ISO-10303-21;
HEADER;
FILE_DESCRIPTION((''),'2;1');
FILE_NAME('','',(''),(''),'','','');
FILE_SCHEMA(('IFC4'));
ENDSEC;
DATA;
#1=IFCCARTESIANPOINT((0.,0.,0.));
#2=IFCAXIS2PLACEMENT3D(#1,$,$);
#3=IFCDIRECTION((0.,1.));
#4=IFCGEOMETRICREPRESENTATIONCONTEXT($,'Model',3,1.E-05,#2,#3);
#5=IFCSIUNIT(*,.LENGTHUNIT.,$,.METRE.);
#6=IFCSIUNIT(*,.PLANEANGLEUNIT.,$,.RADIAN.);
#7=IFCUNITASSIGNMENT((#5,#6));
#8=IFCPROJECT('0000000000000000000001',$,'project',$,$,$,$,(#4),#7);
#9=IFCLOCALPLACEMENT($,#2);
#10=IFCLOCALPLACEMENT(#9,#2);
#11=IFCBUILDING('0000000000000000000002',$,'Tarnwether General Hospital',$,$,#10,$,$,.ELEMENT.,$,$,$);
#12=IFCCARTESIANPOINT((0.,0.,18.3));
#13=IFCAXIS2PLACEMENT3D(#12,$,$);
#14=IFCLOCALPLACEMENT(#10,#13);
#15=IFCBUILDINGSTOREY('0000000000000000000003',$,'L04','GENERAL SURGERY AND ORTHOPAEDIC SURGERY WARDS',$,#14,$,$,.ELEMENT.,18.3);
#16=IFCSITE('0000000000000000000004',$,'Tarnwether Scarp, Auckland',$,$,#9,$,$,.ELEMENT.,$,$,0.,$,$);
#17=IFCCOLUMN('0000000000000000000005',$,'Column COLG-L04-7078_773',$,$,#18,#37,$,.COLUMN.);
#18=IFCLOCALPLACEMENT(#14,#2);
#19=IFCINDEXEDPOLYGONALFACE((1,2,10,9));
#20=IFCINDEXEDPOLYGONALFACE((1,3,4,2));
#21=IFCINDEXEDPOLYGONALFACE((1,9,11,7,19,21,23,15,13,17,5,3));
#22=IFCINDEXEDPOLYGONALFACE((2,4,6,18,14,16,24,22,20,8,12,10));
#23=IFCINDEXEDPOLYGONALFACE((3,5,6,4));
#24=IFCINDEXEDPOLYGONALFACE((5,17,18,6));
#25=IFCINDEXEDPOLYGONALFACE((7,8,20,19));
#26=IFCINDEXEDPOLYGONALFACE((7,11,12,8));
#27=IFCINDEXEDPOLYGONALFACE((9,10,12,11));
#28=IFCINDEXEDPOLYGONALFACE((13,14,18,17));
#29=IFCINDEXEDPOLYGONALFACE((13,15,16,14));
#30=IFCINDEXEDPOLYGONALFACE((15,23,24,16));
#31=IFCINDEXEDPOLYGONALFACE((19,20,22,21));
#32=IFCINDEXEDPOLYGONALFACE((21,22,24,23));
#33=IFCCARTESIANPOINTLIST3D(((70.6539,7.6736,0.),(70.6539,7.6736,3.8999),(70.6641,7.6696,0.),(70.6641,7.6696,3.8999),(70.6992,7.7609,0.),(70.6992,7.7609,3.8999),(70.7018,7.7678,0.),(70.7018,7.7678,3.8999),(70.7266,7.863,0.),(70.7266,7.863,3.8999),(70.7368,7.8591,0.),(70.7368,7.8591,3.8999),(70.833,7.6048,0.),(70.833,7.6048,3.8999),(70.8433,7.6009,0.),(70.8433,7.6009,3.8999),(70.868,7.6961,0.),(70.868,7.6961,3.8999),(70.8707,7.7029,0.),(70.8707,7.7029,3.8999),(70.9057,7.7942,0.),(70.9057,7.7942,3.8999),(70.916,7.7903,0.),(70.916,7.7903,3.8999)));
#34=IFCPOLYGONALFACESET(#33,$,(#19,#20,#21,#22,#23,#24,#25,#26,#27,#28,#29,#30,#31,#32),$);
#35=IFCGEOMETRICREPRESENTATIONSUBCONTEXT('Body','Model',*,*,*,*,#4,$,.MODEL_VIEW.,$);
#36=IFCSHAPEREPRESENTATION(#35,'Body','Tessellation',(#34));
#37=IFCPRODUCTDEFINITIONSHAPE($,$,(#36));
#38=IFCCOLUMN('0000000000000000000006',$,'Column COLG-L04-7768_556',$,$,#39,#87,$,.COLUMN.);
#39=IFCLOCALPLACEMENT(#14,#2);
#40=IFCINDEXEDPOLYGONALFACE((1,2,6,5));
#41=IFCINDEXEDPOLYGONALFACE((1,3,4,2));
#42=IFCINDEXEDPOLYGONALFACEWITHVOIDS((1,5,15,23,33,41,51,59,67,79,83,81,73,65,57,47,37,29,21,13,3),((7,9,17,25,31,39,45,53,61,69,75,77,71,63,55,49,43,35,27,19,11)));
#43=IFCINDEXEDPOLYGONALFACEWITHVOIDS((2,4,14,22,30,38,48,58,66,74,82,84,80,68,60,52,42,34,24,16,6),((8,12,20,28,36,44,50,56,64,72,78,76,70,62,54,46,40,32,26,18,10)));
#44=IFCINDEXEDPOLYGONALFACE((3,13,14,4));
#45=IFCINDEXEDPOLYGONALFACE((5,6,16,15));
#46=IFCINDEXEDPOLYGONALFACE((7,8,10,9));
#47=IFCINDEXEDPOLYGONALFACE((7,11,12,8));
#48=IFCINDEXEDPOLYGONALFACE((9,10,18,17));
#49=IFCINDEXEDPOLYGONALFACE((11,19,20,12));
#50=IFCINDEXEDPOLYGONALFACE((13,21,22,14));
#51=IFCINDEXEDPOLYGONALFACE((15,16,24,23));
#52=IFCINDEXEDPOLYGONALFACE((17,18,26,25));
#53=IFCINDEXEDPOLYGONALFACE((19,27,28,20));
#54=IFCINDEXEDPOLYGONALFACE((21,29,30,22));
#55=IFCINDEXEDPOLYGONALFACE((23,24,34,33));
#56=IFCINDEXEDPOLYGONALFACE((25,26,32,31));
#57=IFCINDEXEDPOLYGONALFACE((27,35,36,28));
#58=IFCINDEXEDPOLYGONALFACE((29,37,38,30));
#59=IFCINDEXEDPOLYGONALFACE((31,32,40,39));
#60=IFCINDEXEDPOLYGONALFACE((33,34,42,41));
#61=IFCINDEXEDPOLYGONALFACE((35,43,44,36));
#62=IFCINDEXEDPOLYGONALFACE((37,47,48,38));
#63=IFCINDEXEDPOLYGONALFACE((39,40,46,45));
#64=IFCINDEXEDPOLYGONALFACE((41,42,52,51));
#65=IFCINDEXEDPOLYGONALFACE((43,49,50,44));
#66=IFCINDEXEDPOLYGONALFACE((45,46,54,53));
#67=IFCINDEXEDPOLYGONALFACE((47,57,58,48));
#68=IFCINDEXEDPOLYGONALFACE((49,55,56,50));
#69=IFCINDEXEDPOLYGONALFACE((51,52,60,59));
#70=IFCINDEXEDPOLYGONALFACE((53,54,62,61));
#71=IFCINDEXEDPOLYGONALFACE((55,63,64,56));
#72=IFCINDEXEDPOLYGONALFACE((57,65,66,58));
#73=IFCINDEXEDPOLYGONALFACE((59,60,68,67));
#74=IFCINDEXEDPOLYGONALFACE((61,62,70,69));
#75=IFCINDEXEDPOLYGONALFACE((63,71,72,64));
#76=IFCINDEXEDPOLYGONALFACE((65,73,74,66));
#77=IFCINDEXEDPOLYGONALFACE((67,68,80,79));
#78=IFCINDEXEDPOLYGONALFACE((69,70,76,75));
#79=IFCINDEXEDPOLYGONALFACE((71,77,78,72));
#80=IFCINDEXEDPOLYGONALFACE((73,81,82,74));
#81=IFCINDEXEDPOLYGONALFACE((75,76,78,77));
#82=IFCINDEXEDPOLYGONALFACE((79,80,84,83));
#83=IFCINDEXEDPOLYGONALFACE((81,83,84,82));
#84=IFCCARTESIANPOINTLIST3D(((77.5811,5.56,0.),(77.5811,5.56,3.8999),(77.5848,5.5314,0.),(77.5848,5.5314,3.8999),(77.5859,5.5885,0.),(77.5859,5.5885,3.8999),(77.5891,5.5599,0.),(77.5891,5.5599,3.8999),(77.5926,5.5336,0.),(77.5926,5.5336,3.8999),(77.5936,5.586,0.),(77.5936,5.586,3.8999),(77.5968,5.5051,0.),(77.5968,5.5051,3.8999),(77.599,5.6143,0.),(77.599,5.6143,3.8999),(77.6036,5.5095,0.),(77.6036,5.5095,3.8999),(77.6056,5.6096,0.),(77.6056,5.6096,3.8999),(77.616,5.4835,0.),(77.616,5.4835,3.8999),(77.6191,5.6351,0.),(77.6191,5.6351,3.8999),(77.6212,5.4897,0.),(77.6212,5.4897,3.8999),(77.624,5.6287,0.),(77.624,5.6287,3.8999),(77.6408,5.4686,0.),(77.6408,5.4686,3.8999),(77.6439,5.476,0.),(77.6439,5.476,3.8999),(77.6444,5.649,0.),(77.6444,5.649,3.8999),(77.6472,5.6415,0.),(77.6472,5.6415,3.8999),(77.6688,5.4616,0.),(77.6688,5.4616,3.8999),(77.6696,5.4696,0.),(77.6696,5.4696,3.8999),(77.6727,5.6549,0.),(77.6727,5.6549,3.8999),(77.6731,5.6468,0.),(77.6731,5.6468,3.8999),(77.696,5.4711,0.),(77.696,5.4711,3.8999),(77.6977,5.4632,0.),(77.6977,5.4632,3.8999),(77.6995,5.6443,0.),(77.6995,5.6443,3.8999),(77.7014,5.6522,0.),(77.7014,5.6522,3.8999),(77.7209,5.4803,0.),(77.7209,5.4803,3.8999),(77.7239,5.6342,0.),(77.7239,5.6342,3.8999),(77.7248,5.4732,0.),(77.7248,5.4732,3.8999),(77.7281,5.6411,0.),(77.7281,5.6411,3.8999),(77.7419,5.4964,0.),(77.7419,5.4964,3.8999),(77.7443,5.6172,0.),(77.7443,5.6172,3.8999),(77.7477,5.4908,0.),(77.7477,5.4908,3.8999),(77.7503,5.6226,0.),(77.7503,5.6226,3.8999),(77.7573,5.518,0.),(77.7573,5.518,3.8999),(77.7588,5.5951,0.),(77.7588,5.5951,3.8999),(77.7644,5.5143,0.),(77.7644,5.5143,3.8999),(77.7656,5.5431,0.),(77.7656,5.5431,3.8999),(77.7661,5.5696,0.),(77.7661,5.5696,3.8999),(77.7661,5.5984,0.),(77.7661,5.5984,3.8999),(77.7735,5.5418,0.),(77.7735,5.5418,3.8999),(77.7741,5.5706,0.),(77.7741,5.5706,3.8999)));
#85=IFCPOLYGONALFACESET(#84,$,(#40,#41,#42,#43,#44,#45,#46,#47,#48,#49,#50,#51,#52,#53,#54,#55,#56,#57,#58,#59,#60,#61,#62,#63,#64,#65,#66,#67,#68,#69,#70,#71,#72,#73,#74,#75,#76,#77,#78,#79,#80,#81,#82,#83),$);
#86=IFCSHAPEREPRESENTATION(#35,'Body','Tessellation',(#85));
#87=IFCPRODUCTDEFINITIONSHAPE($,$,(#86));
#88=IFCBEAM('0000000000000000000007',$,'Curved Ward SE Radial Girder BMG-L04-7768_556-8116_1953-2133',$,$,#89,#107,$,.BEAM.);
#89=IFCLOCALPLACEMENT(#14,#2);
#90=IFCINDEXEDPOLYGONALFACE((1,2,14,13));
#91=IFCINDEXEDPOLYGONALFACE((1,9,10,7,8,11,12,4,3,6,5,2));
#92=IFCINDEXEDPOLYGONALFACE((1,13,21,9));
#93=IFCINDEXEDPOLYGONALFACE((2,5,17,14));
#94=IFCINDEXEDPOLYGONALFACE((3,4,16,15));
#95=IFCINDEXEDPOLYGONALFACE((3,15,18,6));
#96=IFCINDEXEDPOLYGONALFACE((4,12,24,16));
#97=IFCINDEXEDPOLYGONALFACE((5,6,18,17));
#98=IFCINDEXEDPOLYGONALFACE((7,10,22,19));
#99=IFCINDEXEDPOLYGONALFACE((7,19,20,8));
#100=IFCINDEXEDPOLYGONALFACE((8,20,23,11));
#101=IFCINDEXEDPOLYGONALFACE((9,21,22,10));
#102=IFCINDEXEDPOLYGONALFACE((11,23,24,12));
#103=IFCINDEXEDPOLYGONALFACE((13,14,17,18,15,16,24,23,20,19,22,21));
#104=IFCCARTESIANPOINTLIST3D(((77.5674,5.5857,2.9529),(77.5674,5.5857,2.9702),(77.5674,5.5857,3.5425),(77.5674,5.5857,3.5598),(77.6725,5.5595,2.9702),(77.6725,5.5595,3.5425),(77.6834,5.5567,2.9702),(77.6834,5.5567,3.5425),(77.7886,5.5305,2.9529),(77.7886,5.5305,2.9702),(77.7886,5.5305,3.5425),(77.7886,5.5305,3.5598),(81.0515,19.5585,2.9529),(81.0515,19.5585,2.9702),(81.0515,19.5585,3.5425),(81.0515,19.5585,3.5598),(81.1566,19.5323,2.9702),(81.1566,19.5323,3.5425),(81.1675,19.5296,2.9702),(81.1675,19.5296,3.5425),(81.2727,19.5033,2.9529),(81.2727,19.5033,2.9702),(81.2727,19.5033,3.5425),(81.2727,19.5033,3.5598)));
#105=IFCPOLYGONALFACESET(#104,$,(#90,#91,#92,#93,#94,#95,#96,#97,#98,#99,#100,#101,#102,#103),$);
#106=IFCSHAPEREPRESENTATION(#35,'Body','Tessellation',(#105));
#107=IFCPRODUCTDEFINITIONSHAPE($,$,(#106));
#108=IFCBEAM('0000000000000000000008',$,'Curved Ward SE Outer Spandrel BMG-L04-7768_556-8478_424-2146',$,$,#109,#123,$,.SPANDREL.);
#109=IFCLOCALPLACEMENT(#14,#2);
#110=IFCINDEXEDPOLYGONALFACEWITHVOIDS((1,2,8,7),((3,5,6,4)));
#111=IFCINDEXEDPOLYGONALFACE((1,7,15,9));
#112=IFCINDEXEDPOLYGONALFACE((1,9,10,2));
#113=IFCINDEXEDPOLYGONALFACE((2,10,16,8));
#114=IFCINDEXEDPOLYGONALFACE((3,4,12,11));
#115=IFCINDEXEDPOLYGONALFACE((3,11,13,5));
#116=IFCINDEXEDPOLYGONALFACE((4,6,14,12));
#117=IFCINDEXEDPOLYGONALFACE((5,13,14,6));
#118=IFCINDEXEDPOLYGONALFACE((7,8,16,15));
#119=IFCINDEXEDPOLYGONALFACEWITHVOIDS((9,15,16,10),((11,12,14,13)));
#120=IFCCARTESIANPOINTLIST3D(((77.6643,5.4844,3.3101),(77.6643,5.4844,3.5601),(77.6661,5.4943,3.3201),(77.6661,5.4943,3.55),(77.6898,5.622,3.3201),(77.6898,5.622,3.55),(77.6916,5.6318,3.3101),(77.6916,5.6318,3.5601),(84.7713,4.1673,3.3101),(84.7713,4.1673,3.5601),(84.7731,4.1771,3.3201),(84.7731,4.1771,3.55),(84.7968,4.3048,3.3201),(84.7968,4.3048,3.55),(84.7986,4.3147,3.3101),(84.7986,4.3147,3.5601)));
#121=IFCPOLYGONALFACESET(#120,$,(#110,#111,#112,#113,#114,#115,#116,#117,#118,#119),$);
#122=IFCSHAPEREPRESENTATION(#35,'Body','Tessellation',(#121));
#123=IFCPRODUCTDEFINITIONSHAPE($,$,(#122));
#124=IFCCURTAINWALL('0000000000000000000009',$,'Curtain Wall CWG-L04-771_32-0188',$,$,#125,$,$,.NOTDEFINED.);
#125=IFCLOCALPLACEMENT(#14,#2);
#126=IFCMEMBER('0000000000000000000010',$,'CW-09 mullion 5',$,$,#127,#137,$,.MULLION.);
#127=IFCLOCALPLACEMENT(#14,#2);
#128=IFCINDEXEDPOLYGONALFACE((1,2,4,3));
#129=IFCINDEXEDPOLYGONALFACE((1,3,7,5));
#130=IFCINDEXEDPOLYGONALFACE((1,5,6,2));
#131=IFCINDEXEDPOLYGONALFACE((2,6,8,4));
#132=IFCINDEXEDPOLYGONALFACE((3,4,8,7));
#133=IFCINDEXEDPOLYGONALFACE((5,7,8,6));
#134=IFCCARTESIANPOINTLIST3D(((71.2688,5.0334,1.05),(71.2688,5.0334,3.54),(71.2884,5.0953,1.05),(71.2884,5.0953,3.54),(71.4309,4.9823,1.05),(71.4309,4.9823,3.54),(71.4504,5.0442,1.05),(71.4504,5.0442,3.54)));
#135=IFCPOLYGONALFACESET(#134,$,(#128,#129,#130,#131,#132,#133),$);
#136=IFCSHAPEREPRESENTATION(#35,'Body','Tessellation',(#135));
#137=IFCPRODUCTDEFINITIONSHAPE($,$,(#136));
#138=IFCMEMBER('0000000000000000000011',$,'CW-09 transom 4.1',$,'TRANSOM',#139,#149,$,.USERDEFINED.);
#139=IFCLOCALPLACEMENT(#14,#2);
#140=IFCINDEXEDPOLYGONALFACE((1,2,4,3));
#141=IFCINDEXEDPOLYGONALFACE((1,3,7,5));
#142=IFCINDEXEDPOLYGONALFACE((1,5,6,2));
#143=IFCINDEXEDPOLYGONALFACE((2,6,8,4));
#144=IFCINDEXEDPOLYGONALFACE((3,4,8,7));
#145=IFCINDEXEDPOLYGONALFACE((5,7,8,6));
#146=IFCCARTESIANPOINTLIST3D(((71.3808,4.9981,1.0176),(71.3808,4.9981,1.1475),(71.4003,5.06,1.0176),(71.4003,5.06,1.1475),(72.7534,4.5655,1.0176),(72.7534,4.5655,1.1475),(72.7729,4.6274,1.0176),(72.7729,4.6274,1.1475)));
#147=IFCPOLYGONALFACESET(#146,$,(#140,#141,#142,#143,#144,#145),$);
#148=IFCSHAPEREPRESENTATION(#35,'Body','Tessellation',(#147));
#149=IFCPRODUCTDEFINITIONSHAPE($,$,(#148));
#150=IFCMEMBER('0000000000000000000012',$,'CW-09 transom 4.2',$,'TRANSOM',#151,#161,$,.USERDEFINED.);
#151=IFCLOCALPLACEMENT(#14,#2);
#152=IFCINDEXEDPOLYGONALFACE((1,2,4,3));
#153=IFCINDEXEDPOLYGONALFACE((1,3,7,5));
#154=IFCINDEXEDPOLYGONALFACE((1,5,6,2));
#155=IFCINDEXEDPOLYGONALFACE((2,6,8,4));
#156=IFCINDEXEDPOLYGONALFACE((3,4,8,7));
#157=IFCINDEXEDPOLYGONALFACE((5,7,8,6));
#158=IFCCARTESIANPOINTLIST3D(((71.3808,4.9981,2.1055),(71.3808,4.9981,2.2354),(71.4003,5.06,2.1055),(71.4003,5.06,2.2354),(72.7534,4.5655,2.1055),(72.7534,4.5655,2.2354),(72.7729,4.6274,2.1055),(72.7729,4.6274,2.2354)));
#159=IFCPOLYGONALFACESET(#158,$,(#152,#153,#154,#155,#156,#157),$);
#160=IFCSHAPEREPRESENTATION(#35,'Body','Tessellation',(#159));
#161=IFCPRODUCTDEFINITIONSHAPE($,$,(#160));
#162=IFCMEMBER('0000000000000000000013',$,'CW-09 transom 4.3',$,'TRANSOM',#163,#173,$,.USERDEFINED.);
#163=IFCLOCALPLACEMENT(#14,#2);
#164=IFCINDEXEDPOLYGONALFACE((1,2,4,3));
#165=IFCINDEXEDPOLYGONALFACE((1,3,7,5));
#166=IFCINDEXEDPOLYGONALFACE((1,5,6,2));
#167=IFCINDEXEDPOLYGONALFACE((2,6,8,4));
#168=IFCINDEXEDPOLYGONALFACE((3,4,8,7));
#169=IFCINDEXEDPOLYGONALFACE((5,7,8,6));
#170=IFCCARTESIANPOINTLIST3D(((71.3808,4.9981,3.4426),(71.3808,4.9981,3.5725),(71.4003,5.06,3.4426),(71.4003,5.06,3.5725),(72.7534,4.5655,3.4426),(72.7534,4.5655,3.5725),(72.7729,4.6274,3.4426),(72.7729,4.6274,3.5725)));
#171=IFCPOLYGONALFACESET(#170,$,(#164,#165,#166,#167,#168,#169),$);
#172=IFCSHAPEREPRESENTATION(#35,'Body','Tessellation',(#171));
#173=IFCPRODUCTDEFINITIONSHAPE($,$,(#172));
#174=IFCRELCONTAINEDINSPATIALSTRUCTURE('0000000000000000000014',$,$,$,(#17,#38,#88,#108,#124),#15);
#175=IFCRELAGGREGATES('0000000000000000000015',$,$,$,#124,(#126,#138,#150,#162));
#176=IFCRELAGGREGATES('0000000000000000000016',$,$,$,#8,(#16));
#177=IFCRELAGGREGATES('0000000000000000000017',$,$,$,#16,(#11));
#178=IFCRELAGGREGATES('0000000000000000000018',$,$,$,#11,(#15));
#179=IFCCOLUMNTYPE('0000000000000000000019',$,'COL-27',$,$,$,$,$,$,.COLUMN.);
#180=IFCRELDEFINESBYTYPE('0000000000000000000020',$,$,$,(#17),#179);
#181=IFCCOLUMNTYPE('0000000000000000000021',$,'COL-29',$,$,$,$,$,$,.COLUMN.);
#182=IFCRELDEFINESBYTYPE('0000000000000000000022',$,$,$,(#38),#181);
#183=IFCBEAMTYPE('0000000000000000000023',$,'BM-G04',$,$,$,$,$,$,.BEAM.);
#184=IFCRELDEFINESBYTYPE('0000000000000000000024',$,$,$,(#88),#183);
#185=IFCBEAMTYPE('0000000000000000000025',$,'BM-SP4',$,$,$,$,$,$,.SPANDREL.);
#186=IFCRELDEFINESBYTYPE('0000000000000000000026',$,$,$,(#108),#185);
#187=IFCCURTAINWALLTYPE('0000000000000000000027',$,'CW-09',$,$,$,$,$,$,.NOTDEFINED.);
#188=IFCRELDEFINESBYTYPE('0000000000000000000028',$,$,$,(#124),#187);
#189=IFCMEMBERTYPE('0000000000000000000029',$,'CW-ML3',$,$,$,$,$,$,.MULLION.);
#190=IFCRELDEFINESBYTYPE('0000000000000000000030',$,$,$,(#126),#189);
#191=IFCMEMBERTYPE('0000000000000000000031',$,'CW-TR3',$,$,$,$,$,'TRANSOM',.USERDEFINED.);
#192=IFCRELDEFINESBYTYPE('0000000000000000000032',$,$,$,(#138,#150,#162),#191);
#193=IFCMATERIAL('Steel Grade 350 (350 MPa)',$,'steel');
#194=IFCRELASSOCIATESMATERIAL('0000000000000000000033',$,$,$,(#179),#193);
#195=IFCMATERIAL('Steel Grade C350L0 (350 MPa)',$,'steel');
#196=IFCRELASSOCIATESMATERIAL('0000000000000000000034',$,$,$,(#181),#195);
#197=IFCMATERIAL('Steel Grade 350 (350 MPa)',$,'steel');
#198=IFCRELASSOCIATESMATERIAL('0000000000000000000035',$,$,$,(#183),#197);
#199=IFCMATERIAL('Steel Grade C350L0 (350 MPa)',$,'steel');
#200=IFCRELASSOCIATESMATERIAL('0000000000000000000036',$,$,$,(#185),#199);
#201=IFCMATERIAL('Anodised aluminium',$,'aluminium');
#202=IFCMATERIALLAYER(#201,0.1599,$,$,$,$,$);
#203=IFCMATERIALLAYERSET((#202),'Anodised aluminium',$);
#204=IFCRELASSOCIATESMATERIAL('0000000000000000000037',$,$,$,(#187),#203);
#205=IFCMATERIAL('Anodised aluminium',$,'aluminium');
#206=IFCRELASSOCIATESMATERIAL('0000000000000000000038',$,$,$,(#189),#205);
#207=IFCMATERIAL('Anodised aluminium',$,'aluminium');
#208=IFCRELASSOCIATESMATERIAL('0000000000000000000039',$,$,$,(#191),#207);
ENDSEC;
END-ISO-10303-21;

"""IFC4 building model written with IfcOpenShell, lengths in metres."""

from ifc_helpers import new_model, si_unit, direction, frame, origin, origin_2d, place, context, subcontext, project, spatial, rectangle, hollow_rectangle, hollow_circle, i_section, extrude, material, layer, layer_set, material_profile, profile_set, type_object, element, aggregate, save


model = new_model("IFC4")

# Units and contexts
model_context = context("Model", 3, precision=1e-05, world=origin(), true_north=direction((0.0, 1.0)))
body_context = subcontext(model_context, "Body", "Model", "MODEL_VIEW")
ifc_project = project(units=[si_unit("LENGTHUNIT", "METRE"), si_unit("PLANEANGLEUNIT", "RADIAN")], contexts=[model_context])

# Site, building, storey
site_placement = place(None, origin())
site = spatial("IfcSite", under=ifc_project, at=site_placement, Name="Tarnwether Scarp, Auckland", CompositionType="ELEMENT", RefElevation=0.0)
building_placement = place(site_placement, origin())
building = spatial("IfcBuilding", under=site, at=building_placement, Name="Tarnwether General Hospital", CompositionType="ELEMENT")
storey_placement = place(building_placement, frame((0.0, 0.0, 18.3)))
storey = spatial("IfcBuildingStorey", under=building, at=storey_placement, Name="L04", Description="GENERAL SURGERY AND ORTHOPAEDIC SURGERY WARDS", CompositionType="ELEMENT", Elevation=18.3)

# Columns
ifc_material_1 = material(Name="Steel Grade 350 (350 MPa)", Category="steel")
ifc_material_profile_1 = material_profile(ifc_material_1, i_section(OverallWidth=0.2029, OverallDepth=0.2029, WebThickness=0.0073, FlangeThickness=0.011, at=origin_2d()), Name="200UC46.2")
ifc_profile_set_1 = profile_set([ifc_material_profile_1], Name="Steel Grade 350 (350 MPa)")
column_type_1 = type_object("IfcColumnType", Name="COL-27", PredefinedType="COLUMN", material=ifc_profile_set_1)
column_1_placement = place(storey_placement, frame((70.7849, 7.7319, 0.0), z_axis=(0.0, 0.0, 1.0), x_axis=(0.358368, 0.93358, 0.0)))
element("IfcColumn", 1, at=column_1_placement, inside=storey, type_object=column_type_1, Name="Column COLG-L04-7078_773", PredefinedType="COLUMN", context=body_context, shape_type="SweptSolid", body=[
    extrude(i_section(OverallWidth=0.2029, OverallDepth=0.2029, WebThickness=0.0073, FlangeThickness=0.011, at=origin_2d()), origin(), (0.0, 0.0, 1.0), 3.8999),
])
ifc_material_2 = material(Name="Steel Grade C350L0 (350 MPa)", Category="steel")
ifc_material_profile_2 = material_profile(ifc_material_2, hollow_circle(Radius=0.0969, WallThickness=0.0081, at=origin_2d()), Name="CHS193.7x8.0")
ifc_profile_set_2 = profile_set([ifc_material_profile_2], Name="Steel Grade C350L0 (350 MPa)")
column_type_2 = type_object("IfcColumnType", Name="COL-29", PredefinedType="COLUMN", material=ifc_profile_set_2)
column_2_placement = place(storey_placement, frame((77.678, 5.5581, 0.0), z_axis=(0.0, 0.0, 1.0), x_axis=(0.241922, 0.970296, 0.0)))
element("IfcColumn", 2, at=column_2_placement, inside=storey, type_object=column_type_2, Name="Column COLG-L04-7768_556", PredefinedType="COLUMN", context=body_context, shape_type="SweptSolid", body=[
    extrude(hollow_circle(Radius=0.0969, WallThickness=0.0081, at=origin_2d()), origin(), (0.0, 0.0, 1.0), 3.8999),
])

# Beams
ifc_material_3 = material(Name="Steel Grade 350 (350 MPa)", Category="steel")
ifc_material_profile_3 = material_profile(ifc_material_3, i_section(OverallWidth=0.228, OverallDepth=0.6069, WebThickness=0.0112, FlangeThickness=0.0173, at=origin_2d()), Name="610UB113")
ifc_profile_set_3 = profile_set([ifc_material_profile_3], Name="Steel Grade 350 (350 MPa)")
beam_type_1 = type_object("IfcBeamType", Name="BM-G04", PredefinedType="BEAM", material=ifc_profile_set_3)
beam_1_placement = place(storey_placement, frame((77.678, 5.5581, 3.2563), z_axis=(0.241941, 0.970291, 0.0), x_axis=(-0.970291, 0.241941, 0.0)))
element("IfcBeam", 3, at=beam_1_placement, inside=storey, type_object=beam_type_1, Name="Curved Ward SE Radial Girder BMG-L04-7768_556-8116_1953-2133", PredefinedType="BEAM", context=body_context, shape_type="SweptSolid", body=[
    extrude(i_section(OverallWidth=0.228, OverallDepth=0.6069, WebThickness=0.0112, FlangeThickness=0.0173, at=origin_2d()), origin(), (0.0, 0.0, 1.0), 14.4006),
])
ifc_material_4 = material(Name="Steel Grade C350L0 (350 MPa)", Category="steel")
ifc_material_profile_4 = material_profile(ifc_material_4, hollow_rectangle(XDim=0.1499, YDim=0.25, WallThickness=0.01, at=origin_2d()), Name="RHS250x150x10")
ifc_profile_set_4 = profile_set([ifc_material_profile_4], Name="Steel Grade C350L0 (350 MPa)")
beam_type_2 = type_object("IfcBeamType", Name="BM-SP4", PredefinedType="SPANDREL", material=ifc_profile_set_4)
beam_2_placement = place(storey_placement, frame((77.678, 5.5581, 3.4351), z_axis=(0.983256, -0.182228, 0.0), x_axis=(0.182228, 0.983256, 0.0)))
element("IfcBeam", 4, at=beam_2_placement, inside=storey, type_object=beam_type_2, Name="Curved Ward SE Outer Spandrel BMG-L04-7768_556-8478_424-2146", PredefinedType="SPANDREL", context=body_context, shape_type="SweptSolid", body=[
    extrude(hollow_rectangle(XDim=0.1499, YDim=0.25, WallThickness=0.01, at=origin_2d()), origin(), (0.0, 0.0, 1.0), 7.228),
])

# Curtain wall, members
ifc_material_5 = material(Name="Anodised aluminium", Category="aluminium")
ifc_layer_1 = layer(ifc_material_5, 0.1599)
ifc_layer_set_1 = layer_set([ifc_layer_1], Name="Anodised aluminium")
curtain_wall_type = type_object("IfcCurtainWallType", Name="CW-09", PredefinedType="NOTDEFINED", material=ifc_layer_set_1)
curtain_wall_placement = place(storey_placement, origin())
curtain_wall = element("IfcCurtainWall", 5, at=curtain_wall_placement, inside=storey, type_object=curtain_wall_type, Name="Curtain Wall CWG-L04-771_32-0188", PredefinedType="NOTDEFINED")
ifc_material_6 = material(Name="Anodised aluminium", Category="aluminium")
ifc_material_profile_5 = material_profile(ifc_material_6, rectangle(XDim=0.0649, YDim=0.1699, at=origin_2d()), Name="ALU-MUL-65x170")
ifc_profile_set_5 = profile_set([ifc_material_profile_5], Name="Anodised aluminium")
member_type_1 = type_object("IfcMemberType", Name="CW-ML3", PredefinedType="MULLION", material=ifc_profile_set_5)
member_1_placement = place(storey_placement, frame((71.3596, 5.0388, 1.05), z_axis=(0.0, 0.0, 1.0), x_axis=(-0.300629, -0.953741, 0.0)))
member_1 = element("IfcMember", 6, at=member_1_placement, type_object=member_type_1, Name="CW-09 mullion 5", PredefinedType="MULLION", context=body_context, shape_type="SweptSolid", body=[
    extrude(rectangle(XDim=0.0649, YDim=0.1699, at=origin_2d()), origin(), (0.0, 0.0, 1.0), 2.49),
])
ifc_material_7 = material(Name="Anodised aluminium", Category="aluminium")
ifc_material_profile_6 = material_profile(ifc_material_7, rectangle(XDim=0.0649, YDim=0.1299, at=origin_2d()), Name="ALU-TRN-65x130")
ifc_profile_set_6 = profile_set([ifc_material_profile_6], Name="Anodised aluminium")
member_type_2 = type_object("IfcMemberType", Name="CW-TR3", ElementType="TRANSOM", PredefinedType="USERDEFINED", material=ifc_profile_set_6)
member_2_placement = place(storey_placement, frame((72.7632, 4.5964, 1.0825), z_axis=(-0.953747, 0.300612, 0.0), x_axis=(-0.300612, -0.953747, 0.0)))
member_2 = element("IfcMember", 7, at=member_2_placement, type_object=member_type_2, Name="CW-09 transom 4.1", ObjectType="TRANSOM", PredefinedType="USERDEFINED", context=body_context, shape_type="SweptSolid", body=[
    extrude(rectangle(XDim=0.0649, YDim=0.1299, at=origin_2d()), origin(), (0.0, 0.0, 1.0), 1.4392),
])
member_3_placement = place(storey_placement, frame((72.7632, 4.5964, 2.1704), z_axis=(-0.953747, 0.300612, 0.0), x_axis=(-0.300612, -0.953747, 0.0)))
member_3 = element("IfcMember", 8, at=member_3_placement, type_object=member_type_2, Name="CW-09 transom 4.2", ObjectType="TRANSOM", PredefinedType="USERDEFINED", context=body_context, shape_type="SweptSolid", body=[
    extrude(rectangle(XDim=0.0649, YDim=0.1299, at=origin_2d()), origin(), (0.0, 0.0, 1.0), 1.4392),
])
member_4_placement = place(storey_placement, frame((72.7632, 4.5964, 3.5076), z_axis=(-0.953747, 0.300612, 0.0), x_axis=(-0.300612, -0.953747, 0.0)))
member_4 = element("IfcMember", 9, at=member_4_placement, type_object=member_type_2, Name="CW-09 transom 4.3", ObjectType="TRANSOM", PredefinedType="USERDEFINED", context=body_context, shape_type="SweptSolid", body=[
    extrude(rectangle(XDim=0.0649, YDim=0.1299, at=origin_2d()), origin(), (0.0, 0.0, 1.0), 1.4392),
])
aggregate(curtain_wall, [member_1, member_2, member_3, member_4])

save(model, "model.ifc")
